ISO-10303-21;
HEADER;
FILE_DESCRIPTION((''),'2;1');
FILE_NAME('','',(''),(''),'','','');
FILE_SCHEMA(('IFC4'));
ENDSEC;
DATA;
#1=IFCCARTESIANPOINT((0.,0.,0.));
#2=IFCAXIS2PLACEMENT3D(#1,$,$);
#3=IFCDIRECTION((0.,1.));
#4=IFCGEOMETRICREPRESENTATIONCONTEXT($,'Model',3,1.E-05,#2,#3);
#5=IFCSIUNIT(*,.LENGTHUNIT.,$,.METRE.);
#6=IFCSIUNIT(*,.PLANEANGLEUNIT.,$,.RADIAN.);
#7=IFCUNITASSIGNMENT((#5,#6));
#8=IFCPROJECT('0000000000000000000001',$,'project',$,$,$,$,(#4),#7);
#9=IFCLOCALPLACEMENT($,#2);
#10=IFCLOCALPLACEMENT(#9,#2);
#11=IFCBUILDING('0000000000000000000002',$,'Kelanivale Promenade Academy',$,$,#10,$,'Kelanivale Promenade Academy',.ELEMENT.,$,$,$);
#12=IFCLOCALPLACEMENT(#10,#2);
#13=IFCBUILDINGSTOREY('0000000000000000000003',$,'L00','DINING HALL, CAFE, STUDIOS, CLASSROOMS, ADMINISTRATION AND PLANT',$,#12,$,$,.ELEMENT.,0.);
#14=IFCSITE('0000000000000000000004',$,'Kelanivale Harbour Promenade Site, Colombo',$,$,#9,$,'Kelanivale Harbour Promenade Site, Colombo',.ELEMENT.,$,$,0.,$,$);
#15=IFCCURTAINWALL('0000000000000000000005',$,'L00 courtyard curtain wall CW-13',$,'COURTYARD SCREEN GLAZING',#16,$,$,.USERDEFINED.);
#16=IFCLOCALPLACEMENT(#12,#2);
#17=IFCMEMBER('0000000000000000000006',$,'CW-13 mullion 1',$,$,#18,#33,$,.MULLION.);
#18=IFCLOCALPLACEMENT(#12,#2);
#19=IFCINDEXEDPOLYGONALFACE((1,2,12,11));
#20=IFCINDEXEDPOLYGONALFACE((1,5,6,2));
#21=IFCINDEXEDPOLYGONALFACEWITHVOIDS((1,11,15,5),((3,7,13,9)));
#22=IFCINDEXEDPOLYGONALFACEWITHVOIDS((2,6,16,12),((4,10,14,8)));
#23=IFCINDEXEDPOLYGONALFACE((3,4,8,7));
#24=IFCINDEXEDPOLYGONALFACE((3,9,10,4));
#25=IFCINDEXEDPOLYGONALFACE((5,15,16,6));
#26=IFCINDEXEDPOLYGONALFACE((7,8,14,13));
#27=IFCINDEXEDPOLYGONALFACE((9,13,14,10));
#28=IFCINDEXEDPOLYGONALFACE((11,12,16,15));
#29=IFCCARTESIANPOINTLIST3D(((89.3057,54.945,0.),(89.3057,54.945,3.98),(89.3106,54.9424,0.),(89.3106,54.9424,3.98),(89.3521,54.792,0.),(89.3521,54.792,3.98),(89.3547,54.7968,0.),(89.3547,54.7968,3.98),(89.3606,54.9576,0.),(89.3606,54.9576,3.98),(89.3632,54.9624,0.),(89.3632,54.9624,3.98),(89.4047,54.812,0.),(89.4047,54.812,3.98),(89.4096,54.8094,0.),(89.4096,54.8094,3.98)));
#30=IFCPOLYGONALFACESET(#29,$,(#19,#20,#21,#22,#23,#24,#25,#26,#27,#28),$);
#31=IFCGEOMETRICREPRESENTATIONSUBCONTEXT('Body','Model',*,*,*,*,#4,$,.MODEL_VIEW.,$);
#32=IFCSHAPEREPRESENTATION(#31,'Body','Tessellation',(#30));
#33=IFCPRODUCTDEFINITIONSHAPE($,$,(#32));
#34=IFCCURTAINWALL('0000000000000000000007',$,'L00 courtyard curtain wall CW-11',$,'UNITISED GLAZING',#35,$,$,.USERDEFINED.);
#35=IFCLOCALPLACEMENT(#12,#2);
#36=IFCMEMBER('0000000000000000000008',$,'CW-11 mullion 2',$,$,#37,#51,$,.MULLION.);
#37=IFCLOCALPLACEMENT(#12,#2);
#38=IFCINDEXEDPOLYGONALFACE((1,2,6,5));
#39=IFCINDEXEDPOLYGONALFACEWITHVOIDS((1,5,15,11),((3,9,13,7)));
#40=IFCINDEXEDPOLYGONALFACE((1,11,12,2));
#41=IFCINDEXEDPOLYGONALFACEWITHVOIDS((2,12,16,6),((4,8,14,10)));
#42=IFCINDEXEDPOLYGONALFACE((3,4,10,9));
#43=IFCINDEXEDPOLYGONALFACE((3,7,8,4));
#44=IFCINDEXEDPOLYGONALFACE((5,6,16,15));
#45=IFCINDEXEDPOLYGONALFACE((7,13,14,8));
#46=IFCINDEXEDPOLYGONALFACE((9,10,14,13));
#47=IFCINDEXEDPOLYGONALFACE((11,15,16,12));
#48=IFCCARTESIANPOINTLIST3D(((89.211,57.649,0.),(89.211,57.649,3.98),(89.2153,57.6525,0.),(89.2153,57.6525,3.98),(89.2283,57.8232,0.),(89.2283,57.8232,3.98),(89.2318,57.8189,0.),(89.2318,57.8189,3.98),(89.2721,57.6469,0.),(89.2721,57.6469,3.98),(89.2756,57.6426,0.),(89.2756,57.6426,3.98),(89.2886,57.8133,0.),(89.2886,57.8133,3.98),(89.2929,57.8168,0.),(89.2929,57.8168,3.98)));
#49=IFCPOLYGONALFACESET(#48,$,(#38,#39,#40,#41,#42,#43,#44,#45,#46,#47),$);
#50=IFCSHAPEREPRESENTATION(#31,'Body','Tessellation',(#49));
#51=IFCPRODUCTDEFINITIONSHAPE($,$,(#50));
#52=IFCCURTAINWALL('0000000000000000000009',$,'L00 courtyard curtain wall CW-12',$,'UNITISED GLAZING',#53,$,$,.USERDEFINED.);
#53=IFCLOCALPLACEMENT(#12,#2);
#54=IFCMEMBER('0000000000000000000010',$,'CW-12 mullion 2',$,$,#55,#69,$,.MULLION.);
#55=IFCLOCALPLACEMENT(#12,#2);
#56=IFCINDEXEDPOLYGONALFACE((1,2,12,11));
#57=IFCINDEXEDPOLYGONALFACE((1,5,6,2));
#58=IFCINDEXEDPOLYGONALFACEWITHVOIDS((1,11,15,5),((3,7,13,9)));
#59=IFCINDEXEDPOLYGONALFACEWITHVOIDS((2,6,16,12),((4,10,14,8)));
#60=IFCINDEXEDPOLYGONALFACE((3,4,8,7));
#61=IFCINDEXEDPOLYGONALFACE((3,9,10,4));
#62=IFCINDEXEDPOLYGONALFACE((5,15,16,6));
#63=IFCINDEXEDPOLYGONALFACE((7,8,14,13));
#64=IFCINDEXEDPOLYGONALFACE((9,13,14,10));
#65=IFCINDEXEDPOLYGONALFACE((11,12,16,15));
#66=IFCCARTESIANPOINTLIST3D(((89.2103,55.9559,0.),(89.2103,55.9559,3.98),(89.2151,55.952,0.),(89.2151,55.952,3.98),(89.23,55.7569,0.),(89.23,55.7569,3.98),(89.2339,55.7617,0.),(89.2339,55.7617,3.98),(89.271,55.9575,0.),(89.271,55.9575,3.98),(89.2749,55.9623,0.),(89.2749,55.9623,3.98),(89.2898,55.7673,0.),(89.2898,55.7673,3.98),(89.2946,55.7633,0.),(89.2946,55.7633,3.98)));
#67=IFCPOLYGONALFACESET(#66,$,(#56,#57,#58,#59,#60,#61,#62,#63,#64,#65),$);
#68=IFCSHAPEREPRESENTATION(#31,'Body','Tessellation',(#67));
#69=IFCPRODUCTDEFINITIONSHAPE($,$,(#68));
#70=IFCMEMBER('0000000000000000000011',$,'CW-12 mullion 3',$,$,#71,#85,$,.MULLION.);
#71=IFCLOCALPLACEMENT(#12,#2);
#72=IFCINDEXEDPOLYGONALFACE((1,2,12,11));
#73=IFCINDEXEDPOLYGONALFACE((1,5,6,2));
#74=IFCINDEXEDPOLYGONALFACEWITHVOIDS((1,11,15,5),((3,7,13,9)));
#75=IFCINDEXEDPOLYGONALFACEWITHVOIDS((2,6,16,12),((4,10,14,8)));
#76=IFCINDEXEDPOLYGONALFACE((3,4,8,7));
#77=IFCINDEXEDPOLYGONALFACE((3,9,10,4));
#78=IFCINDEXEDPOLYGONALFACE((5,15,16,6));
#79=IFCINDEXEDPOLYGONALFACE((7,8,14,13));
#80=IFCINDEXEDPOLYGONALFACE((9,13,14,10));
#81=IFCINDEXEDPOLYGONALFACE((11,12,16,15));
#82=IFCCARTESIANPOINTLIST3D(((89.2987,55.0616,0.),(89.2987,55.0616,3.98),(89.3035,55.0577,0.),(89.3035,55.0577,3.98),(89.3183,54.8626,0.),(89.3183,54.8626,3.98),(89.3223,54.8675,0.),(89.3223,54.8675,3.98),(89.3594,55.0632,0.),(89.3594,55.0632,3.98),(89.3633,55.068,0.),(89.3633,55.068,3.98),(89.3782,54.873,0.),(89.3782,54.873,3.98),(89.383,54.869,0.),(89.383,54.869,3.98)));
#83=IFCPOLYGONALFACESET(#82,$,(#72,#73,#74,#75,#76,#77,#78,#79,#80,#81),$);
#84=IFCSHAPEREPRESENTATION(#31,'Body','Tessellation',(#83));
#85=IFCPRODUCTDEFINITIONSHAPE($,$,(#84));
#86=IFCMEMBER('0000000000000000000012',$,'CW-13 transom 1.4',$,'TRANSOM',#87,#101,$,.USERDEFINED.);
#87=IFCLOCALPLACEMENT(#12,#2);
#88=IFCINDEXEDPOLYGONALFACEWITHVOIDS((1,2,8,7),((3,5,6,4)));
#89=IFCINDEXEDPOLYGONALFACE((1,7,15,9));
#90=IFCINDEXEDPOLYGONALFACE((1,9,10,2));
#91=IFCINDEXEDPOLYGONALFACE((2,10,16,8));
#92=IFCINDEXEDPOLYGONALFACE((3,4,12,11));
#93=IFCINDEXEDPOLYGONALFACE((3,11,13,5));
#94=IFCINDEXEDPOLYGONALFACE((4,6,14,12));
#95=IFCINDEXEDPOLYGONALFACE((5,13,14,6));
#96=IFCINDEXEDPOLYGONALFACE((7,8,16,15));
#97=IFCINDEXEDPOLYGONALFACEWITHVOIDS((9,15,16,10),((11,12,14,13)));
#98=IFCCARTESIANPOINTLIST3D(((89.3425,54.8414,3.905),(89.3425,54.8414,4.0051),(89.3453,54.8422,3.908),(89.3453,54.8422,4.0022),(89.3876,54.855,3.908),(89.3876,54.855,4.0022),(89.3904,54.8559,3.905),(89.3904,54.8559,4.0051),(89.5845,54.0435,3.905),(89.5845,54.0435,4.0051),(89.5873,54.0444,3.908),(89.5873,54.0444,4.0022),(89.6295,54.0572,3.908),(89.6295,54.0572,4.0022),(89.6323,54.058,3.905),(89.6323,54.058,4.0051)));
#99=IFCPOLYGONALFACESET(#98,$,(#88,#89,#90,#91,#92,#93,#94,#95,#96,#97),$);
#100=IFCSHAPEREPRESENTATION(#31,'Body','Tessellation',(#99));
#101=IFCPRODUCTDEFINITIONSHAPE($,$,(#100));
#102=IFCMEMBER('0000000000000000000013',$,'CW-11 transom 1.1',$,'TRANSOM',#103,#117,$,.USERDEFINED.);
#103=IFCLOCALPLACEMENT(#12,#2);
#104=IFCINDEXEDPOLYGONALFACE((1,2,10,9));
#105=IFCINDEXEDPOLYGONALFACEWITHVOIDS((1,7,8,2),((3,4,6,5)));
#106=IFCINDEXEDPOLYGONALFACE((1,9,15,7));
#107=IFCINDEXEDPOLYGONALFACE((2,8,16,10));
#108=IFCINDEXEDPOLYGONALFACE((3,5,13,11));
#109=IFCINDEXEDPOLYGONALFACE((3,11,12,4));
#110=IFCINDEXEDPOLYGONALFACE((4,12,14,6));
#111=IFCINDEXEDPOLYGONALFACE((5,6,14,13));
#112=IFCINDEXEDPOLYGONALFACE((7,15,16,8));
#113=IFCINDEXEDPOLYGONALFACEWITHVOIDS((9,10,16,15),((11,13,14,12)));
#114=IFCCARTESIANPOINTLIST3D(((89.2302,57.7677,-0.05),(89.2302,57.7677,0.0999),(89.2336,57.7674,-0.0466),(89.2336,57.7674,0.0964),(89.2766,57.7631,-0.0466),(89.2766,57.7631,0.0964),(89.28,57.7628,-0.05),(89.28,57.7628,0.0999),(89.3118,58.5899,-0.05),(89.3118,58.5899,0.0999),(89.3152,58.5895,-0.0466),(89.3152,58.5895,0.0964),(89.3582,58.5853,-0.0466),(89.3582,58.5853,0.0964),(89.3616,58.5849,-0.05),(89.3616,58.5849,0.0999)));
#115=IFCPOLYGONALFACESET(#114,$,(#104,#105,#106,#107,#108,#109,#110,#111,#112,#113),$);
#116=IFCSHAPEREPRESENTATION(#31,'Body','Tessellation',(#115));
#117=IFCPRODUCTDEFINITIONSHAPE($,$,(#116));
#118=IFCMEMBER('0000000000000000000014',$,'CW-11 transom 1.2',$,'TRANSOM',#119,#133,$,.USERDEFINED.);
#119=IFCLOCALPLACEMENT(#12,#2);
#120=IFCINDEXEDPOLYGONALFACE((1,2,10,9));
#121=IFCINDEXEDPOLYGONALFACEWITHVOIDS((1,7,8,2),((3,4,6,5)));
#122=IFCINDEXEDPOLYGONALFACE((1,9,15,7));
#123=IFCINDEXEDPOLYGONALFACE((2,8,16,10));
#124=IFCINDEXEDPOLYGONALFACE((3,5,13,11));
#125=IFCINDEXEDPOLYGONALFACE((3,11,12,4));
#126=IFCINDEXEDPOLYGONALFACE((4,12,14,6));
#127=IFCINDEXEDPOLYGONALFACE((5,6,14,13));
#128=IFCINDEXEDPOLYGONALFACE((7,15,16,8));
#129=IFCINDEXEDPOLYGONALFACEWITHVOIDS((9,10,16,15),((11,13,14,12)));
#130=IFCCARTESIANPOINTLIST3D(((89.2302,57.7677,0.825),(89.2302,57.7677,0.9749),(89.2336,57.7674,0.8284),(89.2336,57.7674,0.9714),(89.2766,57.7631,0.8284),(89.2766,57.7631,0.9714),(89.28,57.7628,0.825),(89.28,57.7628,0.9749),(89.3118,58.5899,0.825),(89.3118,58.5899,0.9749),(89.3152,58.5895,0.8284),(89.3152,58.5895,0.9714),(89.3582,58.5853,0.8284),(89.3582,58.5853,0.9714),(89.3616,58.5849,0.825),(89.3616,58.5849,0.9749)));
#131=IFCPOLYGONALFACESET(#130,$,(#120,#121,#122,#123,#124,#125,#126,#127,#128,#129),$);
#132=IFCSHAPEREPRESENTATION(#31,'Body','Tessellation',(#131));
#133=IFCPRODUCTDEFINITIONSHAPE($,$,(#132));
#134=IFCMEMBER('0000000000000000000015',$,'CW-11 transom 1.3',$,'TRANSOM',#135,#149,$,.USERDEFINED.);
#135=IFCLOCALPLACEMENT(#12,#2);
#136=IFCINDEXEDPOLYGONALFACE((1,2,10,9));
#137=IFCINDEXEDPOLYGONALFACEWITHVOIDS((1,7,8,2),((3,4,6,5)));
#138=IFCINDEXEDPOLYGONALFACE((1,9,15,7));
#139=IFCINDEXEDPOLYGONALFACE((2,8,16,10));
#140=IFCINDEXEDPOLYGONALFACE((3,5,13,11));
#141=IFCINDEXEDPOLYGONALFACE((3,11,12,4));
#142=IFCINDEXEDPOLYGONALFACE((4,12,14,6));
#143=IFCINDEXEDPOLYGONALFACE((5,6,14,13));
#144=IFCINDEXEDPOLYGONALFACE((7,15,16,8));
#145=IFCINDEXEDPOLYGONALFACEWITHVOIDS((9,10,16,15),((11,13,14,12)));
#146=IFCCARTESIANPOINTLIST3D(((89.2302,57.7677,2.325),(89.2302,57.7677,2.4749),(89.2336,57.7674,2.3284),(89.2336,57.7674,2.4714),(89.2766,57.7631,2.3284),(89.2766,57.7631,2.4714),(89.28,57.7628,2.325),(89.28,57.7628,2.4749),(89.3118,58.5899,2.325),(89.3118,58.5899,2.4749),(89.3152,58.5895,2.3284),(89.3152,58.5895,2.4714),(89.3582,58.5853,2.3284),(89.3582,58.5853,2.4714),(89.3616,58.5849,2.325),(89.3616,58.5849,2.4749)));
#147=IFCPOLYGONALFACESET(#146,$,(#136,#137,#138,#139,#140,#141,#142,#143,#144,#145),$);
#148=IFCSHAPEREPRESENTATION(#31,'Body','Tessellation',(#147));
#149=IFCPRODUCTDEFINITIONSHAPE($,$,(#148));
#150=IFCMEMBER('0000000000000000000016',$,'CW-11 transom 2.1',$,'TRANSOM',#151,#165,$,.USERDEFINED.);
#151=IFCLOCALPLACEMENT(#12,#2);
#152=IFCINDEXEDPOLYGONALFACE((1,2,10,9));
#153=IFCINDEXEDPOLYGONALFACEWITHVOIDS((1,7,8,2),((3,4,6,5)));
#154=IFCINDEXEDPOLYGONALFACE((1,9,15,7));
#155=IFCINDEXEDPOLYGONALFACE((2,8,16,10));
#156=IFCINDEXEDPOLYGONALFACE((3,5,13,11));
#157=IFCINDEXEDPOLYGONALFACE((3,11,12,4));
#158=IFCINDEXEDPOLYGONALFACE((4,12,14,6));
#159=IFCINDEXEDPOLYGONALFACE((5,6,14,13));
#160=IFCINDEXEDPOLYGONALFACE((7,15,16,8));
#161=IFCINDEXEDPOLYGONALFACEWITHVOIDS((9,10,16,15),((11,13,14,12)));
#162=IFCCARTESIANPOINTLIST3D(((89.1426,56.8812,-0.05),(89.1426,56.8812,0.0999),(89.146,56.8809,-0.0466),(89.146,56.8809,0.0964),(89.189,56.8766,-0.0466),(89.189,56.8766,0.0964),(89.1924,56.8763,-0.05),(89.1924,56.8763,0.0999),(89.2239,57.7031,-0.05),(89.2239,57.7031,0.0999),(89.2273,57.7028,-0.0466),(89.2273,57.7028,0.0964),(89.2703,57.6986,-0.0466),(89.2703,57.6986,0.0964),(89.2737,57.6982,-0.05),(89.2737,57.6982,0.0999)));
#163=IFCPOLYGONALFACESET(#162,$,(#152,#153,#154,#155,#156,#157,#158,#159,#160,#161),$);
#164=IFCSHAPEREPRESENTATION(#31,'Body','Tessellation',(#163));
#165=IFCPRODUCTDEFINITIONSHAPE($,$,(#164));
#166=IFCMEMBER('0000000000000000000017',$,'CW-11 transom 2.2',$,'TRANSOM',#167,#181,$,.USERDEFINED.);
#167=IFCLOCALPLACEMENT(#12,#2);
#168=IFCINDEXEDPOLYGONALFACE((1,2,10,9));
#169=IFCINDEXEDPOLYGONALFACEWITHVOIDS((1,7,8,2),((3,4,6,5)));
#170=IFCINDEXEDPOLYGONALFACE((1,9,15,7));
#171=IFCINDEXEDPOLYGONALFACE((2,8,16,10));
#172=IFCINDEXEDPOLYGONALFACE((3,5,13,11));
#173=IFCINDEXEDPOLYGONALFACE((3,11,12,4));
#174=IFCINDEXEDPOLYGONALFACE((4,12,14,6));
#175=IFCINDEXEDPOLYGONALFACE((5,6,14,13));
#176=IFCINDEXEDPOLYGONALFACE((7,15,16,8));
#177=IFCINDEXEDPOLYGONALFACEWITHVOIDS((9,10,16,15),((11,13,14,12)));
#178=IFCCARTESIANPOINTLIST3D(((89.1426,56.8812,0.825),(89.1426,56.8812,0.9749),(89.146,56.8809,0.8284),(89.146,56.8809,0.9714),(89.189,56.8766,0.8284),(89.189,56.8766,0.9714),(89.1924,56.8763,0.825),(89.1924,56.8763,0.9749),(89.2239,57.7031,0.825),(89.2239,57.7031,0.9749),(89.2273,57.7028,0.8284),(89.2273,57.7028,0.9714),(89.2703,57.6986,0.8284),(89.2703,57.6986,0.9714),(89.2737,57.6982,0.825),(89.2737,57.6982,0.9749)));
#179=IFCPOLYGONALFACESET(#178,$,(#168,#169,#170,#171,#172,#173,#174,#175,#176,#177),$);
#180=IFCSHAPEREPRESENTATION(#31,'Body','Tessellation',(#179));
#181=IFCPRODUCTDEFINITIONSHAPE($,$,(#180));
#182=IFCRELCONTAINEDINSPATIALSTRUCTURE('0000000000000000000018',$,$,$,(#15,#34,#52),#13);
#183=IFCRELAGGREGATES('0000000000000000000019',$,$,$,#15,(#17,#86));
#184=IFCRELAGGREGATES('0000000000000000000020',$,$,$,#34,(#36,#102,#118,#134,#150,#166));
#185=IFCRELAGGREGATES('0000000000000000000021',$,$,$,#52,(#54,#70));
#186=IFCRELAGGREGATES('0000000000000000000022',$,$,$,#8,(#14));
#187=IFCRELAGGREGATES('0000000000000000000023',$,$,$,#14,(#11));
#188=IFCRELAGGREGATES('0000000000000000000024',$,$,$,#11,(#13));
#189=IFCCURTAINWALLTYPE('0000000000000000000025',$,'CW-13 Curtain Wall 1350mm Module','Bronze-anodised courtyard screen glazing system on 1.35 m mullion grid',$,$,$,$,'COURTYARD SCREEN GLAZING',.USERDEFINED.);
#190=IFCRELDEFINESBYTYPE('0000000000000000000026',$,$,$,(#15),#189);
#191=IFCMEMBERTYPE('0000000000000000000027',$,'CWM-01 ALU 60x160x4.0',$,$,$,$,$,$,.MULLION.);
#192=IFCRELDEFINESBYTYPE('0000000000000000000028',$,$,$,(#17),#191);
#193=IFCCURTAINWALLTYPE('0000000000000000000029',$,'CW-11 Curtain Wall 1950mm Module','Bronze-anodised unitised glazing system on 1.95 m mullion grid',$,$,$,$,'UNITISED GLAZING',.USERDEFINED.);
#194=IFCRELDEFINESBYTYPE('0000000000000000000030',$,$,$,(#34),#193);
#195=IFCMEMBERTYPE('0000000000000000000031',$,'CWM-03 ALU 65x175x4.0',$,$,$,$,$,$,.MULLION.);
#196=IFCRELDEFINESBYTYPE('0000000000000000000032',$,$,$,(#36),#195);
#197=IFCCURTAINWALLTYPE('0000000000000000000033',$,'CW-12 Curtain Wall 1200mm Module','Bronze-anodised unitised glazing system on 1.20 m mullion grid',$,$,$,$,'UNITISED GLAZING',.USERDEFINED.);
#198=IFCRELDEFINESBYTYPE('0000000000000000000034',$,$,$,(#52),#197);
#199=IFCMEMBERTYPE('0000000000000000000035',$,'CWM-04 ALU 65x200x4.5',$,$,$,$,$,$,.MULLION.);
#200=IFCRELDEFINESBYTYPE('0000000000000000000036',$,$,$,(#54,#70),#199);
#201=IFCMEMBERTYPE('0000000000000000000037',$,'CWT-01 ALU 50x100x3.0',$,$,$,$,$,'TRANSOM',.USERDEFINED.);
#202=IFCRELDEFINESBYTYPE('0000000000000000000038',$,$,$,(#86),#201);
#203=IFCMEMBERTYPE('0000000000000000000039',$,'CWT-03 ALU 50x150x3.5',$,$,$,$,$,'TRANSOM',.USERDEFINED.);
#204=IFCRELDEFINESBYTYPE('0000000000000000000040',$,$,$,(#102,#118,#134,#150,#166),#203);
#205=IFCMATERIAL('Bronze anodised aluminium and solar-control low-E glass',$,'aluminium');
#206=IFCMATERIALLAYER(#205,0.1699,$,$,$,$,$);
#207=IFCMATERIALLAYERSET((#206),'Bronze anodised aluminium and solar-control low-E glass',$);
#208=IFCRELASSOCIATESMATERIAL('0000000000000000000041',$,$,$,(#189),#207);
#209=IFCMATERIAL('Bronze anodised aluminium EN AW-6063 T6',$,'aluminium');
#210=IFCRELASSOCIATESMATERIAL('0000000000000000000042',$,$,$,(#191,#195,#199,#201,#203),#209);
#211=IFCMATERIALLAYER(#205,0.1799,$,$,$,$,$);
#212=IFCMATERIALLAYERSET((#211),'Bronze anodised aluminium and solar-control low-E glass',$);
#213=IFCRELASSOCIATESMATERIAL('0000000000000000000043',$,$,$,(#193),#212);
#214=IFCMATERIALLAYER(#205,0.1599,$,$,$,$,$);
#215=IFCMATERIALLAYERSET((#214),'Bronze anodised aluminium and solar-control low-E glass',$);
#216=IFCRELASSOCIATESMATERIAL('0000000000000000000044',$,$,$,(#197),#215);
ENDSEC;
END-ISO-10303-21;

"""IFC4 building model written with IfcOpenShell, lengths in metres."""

from ifc_helpers import new_model, si_unit, direction, frame, origin, origin_2d, place, context, subcontext, project, spatial, hollow_rectangle, extrude, material, layer, layer_set, material_profile, profile_set, type_object, element, aggregate, save


model = new_model("IFC4")

# Units and contexts
model_context = context("Model", 3, precision=1e-05, world=origin(), true_north=direction((0.0, 1.0)))
body_context = subcontext(model_context, "Body", "Model", "MODEL_VIEW")
ifc_project = project(units=[si_unit("LENGTHUNIT", "METRE"), si_unit("PLANEANGLEUNIT", "RADIAN")], contexts=[model_context])

# Site, building, storey
site_placement = place(None, origin())
site = spatial("IfcSite", under=ifc_project, at=site_placement, Name="Kelanivale Harbour Promenade Site, Colombo", LongName="Kelanivale Harbour Promenade Site, Colombo", CompositionType="ELEMENT", RefElevation=0.0)
building_placement = place(site_placement, origin())
building = spatial("IfcBuilding", under=site, at=building_placement, Name="Kelanivale Promenade Academy", LongName="Kelanivale Promenade Academy", CompositionType="ELEMENT")
storey_placement = place(building_placement, origin())
storey = spatial("IfcBuildingStorey", under=building, at=storey_placement, Name="L00", Description="DINING HALL, CAFE, STUDIOS, CLASSROOMS, ADMINISTRATION AND PLANT", CompositionType="ELEMENT", Elevation=0.0)

# Curtain walls, members
ifc_material_1 = material(Name="Bronze anodised aluminium and solar-control low-E glass", Category="aluminium")
ifc_layer_1 = layer(ifc_material_1, 0.1699)
ifc_layer_set_1 = layer_set([ifc_layer_1], Name="Bronze anodised aluminium and solar-control low-E glass")
curtain_wall_type_1 = type_object("IfcCurtainWallType", Name="CW-13 Curtain Wall 1350mm Module", Description="Bronze-anodised courtyard screen glazing system on 1.35 m mullion grid", ElementType="COURTYARD SCREEN GLAZING", PredefinedType="USERDEFINED", material=ifc_layer_set_1)
curtain_wall_1_placement = place(storey_placement, origin())
curtain_wall_1 = element("IfcCurtainWall", 1, at=curtain_wall_1_placement, inside=storey, type_object=curtain_wall_type_1, Name="L00 courtyard curtain wall CW-13", ObjectType="COURTYARD SCREEN GLAZING", PredefinedType="USERDEFINED")
ifc_material_2 = material(Name="Bronze anodised aluminium EN AW-6063 T6", Category="aluminium")
ifc_material_profile_1 = material_profile(ifc_material_2, hollow_rectangle(XDim=0.0601, YDim=0.1599, WallThickness=0.0039, at=origin_2d()), Name="ALU 60x160x4.0")
ifc_profile_set_1 = profile_set([ifc_material_profile_1], Name="Bronze anodised aluminium EN AW-6063 T6")
member_type_1 = type_object("IfcMemberType", Name="CWM-01 ALU 60x160x4.0", PredefinedType="MULLION", material=ifc_profile_set_1)
member_1_placement = place(storey_placement, frame((89.3577, 54.8772, 0.0), z_axis=(0.0, 0.0, 1.0), x_axis=(0.956988, 0.290128, 0.0)))
member_1 = element("IfcMember", 2, at=member_1_placement, type_object=member_type_1, Name="CW-13 mullion 1", PredefinedType="MULLION", context=body_context, shape_type="SweptSolid", body=[
    extrude(hollow_rectangle(XDim=0.0601, YDim=0.1599, WallThickness=0.0039, at=origin_2d()), origin(), (0.0, 0.0, 1.0), 3.98),
])
ifc_layer_2 = layer(ifc_material_1, 0.1799)
ifc_layer_set_2 = layer_set([ifc_layer_2], Name="Bronze anodised aluminium and solar-control low-E glass")
curtain_wall_type_2 = type_object("IfcCurtainWallType", Name="CW-11 Curtain Wall 1950mm Module", Description="Bronze-anodised unitised glazing system on 1.95 m mullion grid", ElementType="UNITISED GLAZING", PredefinedType="USERDEFINED", material=ifc_layer_set_2)
curtain_wall_2_placement = place(storey_placement, origin())
curtain_wall_2 = element("IfcCurtainWall", 3, at=curtain_wall_2_placement, inside=storey, type_object=curtain_wall_type_2, Name="L00 courtyard curtain wall CW-11", ObjectType="UNITISED GLAZING", PredefinedType="USERDEFINED")
ifc_material_profile_2 = material_profile(ifc_material_2, hollow_rectangle(XDim=0.0649, YDim=0.175, WallThickness=0.0039, at=origin_2d()), Name="ALU 65x175x4.0")
ifc_profile_set_2 = profile_set([ifc_material_profile_2], Name="Bronze anodised aluminium EN AW-6063 T6")
member_type_2 = type_object("IfcMemberType", Name="CWM-03 ALU 65x175x4.0", PredefinedType="MULLION", material=ifc_profile_set_2)
member_2_placement = place(storey_placement, frame((89.252, 57.7329, 0.0), z_axis=(0.0, 0.0, 1.0), x_axis=(0.995133, -0.098539, 0.0)))
member_2 = element("IfcMember", 4, at=member_2_placement, type_object=member_type_2, Name="CW-11 mullion 2", PredefinedType="MULLION", context=body_context, shape_type="SweptSolid", body=[
    extrude(hollow_rectangle(XDim=0.0649, YDim=0.175, WallThickness=0.0039, at=origin_2d()), origin(), (0.0, 0.0, 1.0), 3.98),
])

# Curtain wall, members
ifc_layer_3 = layer(ifc_material_1, 0.1599)
ifc_layer_set_3 = layer_set([ifc_layer_3], Name="Bronze anodised aluminium and solar-control low-E glass")
curtain_wall_type_3 = type_object("IfcCurtainWallType", Name="CW-12 Curtain Wall 1200mm Module", Description="Bronze-anodised unitised glazing system on 1.20 m mullion grid", ElementType="UNITISED GLAZING", PredefinedType="USERDEFINED", material=ifc_layer_set_3)
curtain_wall_3_placement = place(storey_placement, origin())
curtain_wall_3 = element("IfcCurtainWall", 5, at=curtain_wall_3_placement, inside=storey, type_object=curtain_wall_type_3, Name="L00 courtyard curtain wall CW-12", ObjectType="UNITISED GLAZING", PredefinedType="USERDEFINED")
ifc_material_profile_3 = material_profile(ifc_material_2, hollow_rectangle(XDim=0.0649, YDim=0.2, WallThickness=0.0044, at=origin_2d()), Name="ALU 65x200x4.5")
ifc_profile_set_3 = profile_set([ifc_material_profile_3], Name="Bronze anodised aluminium EN AW-6063 T6")
member_type_3 = type_object("IfcMemberType", Name="CWM-04 ALU 65x200x4.5", PredefinedType="MULLION", material=ifc_profile_set_3)
member_3_placement = place(storey_placement, frame((89.2524, 55.8596, 0.0), z_axis=(0.0, 0.0, 1.0), x_axis=(0.995159, 0.098281, 0.0)))
member_3 = element("IfcMember", 6, at=member_3_placement, type_object=member_type_3, Name="CW-12 mullion 2", PredefinedType="MULLION", context=body_context, shape_type="SweptSolid", body=[
    extrude(hollow_rectangle(XDim=0.0649, YDim=0.2, WallThickness=0.0044, at=origin_2d()), origin(), (0.0, 0.0, 1.0), 3.98),
])
member_4_placement = place(storey_placement, frame((89.3408, 54.9653, 0.0), z_axis=(0.0, 0.0, 1.0), x_axis=(0.995159, 0.098281, 0.0)))
member_4 = element("IfcMember", 7, at=member_4_placement, type_object=member_type_3, Name="CW-12 mullion 3", PredefinedType="MULLION", context=body_context, shape_type="SweptSolid", body=[
    extrude(hollow_rectangle(XDim=0.0649, YDim=0.2, WallThickness=0.0044, at=origin_2d()), origin(), (0.0, 0.0, 1.0), 3.98),
])

# Members
ifc_material_profile_4 = material_profile(ifc_material_2, hollow_rectangle(XDim=0.05, YDim=0.1001, WallThickness=0.0029, at=origin_2d()), Name="ALU 50x100x3.0")
ifc_profile_set_4 = profile_set([ifc_material_profile_4], Name="Bronze anodised aluminium EN AW-6063 T6")
member_type_4 = type_object("IfcMemberType", Name="CWT-01 ALU 50x100x3.0", ElementType="TRANSOM", PredefinedType="USERDEFINED", material=ifc_profile_set_4)
member_5_placement = place(storey_placement, frame((89.3665, 54.8486, 3.9551), z_axis=(0.290194, -0.956968, 0.0), x_axis=(0.956968, 0.290194, 0.0)))
member_5 = element("IfcMember", 8, at=member_5_placement, type_object=member_type_4, Name="CW-13 transom 1.4", ObjectType="TRANSOM", PredefinedType="USERDEFINED", context=body_context, shape_type="SweptSolid", body=[
    extrude(hollow_rectangle(XDim=0.05, YDim=0.1001, WallThickness=0.0029, at=origin_2d()), origin(), (0.0, 0.0, 1.0), 0.8337),
])
aggregate(curtain_wall_1, [member_1, member_5])
ifc_material_profile_5 = material_profile(ifc_material_2, hollow_rectangle(XDim=0.05, YDim=0.1499, WallThickness=0.0034, at=origin_2d()), Name="ALU 50x150x3.5")
ifc_profile_set_5 = profile_set([ifc_material_profile_5], Name="Bronze anodised aluminium EN AW-6063 T6")
member_type_5 = type_object("IfcMemberType", Name="CWT-03 ALU 50x150x3.5", ElementType="TRANSOM", PredefinedType="USERDEFINED", material=ifc_profile_set_5)
member_6_placement = place(storey_placement, frame((89.3367, 58.5874, 0.0249), z_axis=(-0.098714, -0.995116, 0.0), x_axis=(0.995116, -0.098714, 0.0)))
member_6 = element("IfcMember", 9, at=member_6_placement, type_object=member_type_5, Name="CW-11 transom 1.1", ObjectType="TRANSOM", PredefinedType="USERDEFINED", context=body_context, shape_type="SweptSolid", body=[
    extrude(hollow_rectangle(XDim=0.05, YDim=0.1499, WallThickness=0.0034, at=origin_2d()), origin(), (0.0, 0.0, 1.0), 0.8262),
])
member_7_placement = place(storey_placement, frame((89.3367, 58.5874, 0.8999), z_axis=(-0.098714, -0.995116, 0.0), x_axis=(0.995116, -0.098714, 0.0)))
member_7 = element("IfcMember", 10, at=member_7_placement, type_object=member_type_5, Name="CW-11 transom 1.2", ObjectType="TRANSOM", PredefinedType="USERDEFINED", context=body_context, shape_type="SweptSolid", body=[
    extrude(hollow_rectangle(XDim=0.05, YDim=0.1499, WallThickness=0.0034, at=origin_2d()), origin(), (0.0, 0.0, 1.0), 0.8262),
])
member_8_placement = place(storey_placement, frame((89.3367, 58.5874, 2.3999), z_axis=(-0.098714, -0.995116, 0.0), x_axis=(0.995116, -0.098714, 0.0)))
member_8 = element("IfcMember", 11, at=member_8_placement, type_object=member_type_5, Name="CW-11 transom 1.3", ObjectType="TRANSOM", PredefinedType="USERDEFINED", context=body_context, shape_type="SweptSolid", body=[
    extrude(hollow_rectangle(XDim=0.05, YDim=0.1499, WallThickness=0.0034, at=origin_2d()), origin(), (0.0, 0.0, 1.0), 0.8262),
])
member_9_placement = place(storey_placement, frame((89.2488, 57.7007, 0.0249), z_axis=(-0.098421, -0.995145, 0.0), x_axis=(0.995145, -0.098421, 0.0)))
member_9 = element("IfcMember", 12, at=member_9_placement, type_object=member_type_5, Name="CW-11 transom 2.1", ObjectType="TRANSOM", PredefinedType="USERDEFINED", context=body_context, shape_type="SweptSolid", body=[
    extrude(hollow_rectangle(XDim=0.05, YDim=0.1499, WallThickness=0.0034, at=origin_2d()), origin(), (0.0, 0.0, 1.0), 0.8259),
])
member_10_placement = place(storey_placement, frame((89.2488, 57.7007, 0.8999), z_axis=(-0.098421, -0.995145, 0.0), x_axis=(0.995145, -0.098421, 0.0)))
member_10 = element("IfcMember", 13, at=member_10_placement, type_object=member_type_5, Name="CW-11 transom 2.2", ObjectType="TRANSOM", PredefinedType="USERDEFINED", context=body_context, shape_type="SweptSolid", body=[
    extrude(hollow_rectangle(XDim=0.05, YDim=0.1499, WallThickness=0.0034, at=origin_2d()), origin(), (0.0, 0.0, 1.0), 0.8259),
])

aggregate(curtain_wall_2, [member_2, member_6, member_7, member_8, member_9, member_10])
aggregate(curtain_wall_3, [member_3, member_4])

save(model, "model.ifc")
